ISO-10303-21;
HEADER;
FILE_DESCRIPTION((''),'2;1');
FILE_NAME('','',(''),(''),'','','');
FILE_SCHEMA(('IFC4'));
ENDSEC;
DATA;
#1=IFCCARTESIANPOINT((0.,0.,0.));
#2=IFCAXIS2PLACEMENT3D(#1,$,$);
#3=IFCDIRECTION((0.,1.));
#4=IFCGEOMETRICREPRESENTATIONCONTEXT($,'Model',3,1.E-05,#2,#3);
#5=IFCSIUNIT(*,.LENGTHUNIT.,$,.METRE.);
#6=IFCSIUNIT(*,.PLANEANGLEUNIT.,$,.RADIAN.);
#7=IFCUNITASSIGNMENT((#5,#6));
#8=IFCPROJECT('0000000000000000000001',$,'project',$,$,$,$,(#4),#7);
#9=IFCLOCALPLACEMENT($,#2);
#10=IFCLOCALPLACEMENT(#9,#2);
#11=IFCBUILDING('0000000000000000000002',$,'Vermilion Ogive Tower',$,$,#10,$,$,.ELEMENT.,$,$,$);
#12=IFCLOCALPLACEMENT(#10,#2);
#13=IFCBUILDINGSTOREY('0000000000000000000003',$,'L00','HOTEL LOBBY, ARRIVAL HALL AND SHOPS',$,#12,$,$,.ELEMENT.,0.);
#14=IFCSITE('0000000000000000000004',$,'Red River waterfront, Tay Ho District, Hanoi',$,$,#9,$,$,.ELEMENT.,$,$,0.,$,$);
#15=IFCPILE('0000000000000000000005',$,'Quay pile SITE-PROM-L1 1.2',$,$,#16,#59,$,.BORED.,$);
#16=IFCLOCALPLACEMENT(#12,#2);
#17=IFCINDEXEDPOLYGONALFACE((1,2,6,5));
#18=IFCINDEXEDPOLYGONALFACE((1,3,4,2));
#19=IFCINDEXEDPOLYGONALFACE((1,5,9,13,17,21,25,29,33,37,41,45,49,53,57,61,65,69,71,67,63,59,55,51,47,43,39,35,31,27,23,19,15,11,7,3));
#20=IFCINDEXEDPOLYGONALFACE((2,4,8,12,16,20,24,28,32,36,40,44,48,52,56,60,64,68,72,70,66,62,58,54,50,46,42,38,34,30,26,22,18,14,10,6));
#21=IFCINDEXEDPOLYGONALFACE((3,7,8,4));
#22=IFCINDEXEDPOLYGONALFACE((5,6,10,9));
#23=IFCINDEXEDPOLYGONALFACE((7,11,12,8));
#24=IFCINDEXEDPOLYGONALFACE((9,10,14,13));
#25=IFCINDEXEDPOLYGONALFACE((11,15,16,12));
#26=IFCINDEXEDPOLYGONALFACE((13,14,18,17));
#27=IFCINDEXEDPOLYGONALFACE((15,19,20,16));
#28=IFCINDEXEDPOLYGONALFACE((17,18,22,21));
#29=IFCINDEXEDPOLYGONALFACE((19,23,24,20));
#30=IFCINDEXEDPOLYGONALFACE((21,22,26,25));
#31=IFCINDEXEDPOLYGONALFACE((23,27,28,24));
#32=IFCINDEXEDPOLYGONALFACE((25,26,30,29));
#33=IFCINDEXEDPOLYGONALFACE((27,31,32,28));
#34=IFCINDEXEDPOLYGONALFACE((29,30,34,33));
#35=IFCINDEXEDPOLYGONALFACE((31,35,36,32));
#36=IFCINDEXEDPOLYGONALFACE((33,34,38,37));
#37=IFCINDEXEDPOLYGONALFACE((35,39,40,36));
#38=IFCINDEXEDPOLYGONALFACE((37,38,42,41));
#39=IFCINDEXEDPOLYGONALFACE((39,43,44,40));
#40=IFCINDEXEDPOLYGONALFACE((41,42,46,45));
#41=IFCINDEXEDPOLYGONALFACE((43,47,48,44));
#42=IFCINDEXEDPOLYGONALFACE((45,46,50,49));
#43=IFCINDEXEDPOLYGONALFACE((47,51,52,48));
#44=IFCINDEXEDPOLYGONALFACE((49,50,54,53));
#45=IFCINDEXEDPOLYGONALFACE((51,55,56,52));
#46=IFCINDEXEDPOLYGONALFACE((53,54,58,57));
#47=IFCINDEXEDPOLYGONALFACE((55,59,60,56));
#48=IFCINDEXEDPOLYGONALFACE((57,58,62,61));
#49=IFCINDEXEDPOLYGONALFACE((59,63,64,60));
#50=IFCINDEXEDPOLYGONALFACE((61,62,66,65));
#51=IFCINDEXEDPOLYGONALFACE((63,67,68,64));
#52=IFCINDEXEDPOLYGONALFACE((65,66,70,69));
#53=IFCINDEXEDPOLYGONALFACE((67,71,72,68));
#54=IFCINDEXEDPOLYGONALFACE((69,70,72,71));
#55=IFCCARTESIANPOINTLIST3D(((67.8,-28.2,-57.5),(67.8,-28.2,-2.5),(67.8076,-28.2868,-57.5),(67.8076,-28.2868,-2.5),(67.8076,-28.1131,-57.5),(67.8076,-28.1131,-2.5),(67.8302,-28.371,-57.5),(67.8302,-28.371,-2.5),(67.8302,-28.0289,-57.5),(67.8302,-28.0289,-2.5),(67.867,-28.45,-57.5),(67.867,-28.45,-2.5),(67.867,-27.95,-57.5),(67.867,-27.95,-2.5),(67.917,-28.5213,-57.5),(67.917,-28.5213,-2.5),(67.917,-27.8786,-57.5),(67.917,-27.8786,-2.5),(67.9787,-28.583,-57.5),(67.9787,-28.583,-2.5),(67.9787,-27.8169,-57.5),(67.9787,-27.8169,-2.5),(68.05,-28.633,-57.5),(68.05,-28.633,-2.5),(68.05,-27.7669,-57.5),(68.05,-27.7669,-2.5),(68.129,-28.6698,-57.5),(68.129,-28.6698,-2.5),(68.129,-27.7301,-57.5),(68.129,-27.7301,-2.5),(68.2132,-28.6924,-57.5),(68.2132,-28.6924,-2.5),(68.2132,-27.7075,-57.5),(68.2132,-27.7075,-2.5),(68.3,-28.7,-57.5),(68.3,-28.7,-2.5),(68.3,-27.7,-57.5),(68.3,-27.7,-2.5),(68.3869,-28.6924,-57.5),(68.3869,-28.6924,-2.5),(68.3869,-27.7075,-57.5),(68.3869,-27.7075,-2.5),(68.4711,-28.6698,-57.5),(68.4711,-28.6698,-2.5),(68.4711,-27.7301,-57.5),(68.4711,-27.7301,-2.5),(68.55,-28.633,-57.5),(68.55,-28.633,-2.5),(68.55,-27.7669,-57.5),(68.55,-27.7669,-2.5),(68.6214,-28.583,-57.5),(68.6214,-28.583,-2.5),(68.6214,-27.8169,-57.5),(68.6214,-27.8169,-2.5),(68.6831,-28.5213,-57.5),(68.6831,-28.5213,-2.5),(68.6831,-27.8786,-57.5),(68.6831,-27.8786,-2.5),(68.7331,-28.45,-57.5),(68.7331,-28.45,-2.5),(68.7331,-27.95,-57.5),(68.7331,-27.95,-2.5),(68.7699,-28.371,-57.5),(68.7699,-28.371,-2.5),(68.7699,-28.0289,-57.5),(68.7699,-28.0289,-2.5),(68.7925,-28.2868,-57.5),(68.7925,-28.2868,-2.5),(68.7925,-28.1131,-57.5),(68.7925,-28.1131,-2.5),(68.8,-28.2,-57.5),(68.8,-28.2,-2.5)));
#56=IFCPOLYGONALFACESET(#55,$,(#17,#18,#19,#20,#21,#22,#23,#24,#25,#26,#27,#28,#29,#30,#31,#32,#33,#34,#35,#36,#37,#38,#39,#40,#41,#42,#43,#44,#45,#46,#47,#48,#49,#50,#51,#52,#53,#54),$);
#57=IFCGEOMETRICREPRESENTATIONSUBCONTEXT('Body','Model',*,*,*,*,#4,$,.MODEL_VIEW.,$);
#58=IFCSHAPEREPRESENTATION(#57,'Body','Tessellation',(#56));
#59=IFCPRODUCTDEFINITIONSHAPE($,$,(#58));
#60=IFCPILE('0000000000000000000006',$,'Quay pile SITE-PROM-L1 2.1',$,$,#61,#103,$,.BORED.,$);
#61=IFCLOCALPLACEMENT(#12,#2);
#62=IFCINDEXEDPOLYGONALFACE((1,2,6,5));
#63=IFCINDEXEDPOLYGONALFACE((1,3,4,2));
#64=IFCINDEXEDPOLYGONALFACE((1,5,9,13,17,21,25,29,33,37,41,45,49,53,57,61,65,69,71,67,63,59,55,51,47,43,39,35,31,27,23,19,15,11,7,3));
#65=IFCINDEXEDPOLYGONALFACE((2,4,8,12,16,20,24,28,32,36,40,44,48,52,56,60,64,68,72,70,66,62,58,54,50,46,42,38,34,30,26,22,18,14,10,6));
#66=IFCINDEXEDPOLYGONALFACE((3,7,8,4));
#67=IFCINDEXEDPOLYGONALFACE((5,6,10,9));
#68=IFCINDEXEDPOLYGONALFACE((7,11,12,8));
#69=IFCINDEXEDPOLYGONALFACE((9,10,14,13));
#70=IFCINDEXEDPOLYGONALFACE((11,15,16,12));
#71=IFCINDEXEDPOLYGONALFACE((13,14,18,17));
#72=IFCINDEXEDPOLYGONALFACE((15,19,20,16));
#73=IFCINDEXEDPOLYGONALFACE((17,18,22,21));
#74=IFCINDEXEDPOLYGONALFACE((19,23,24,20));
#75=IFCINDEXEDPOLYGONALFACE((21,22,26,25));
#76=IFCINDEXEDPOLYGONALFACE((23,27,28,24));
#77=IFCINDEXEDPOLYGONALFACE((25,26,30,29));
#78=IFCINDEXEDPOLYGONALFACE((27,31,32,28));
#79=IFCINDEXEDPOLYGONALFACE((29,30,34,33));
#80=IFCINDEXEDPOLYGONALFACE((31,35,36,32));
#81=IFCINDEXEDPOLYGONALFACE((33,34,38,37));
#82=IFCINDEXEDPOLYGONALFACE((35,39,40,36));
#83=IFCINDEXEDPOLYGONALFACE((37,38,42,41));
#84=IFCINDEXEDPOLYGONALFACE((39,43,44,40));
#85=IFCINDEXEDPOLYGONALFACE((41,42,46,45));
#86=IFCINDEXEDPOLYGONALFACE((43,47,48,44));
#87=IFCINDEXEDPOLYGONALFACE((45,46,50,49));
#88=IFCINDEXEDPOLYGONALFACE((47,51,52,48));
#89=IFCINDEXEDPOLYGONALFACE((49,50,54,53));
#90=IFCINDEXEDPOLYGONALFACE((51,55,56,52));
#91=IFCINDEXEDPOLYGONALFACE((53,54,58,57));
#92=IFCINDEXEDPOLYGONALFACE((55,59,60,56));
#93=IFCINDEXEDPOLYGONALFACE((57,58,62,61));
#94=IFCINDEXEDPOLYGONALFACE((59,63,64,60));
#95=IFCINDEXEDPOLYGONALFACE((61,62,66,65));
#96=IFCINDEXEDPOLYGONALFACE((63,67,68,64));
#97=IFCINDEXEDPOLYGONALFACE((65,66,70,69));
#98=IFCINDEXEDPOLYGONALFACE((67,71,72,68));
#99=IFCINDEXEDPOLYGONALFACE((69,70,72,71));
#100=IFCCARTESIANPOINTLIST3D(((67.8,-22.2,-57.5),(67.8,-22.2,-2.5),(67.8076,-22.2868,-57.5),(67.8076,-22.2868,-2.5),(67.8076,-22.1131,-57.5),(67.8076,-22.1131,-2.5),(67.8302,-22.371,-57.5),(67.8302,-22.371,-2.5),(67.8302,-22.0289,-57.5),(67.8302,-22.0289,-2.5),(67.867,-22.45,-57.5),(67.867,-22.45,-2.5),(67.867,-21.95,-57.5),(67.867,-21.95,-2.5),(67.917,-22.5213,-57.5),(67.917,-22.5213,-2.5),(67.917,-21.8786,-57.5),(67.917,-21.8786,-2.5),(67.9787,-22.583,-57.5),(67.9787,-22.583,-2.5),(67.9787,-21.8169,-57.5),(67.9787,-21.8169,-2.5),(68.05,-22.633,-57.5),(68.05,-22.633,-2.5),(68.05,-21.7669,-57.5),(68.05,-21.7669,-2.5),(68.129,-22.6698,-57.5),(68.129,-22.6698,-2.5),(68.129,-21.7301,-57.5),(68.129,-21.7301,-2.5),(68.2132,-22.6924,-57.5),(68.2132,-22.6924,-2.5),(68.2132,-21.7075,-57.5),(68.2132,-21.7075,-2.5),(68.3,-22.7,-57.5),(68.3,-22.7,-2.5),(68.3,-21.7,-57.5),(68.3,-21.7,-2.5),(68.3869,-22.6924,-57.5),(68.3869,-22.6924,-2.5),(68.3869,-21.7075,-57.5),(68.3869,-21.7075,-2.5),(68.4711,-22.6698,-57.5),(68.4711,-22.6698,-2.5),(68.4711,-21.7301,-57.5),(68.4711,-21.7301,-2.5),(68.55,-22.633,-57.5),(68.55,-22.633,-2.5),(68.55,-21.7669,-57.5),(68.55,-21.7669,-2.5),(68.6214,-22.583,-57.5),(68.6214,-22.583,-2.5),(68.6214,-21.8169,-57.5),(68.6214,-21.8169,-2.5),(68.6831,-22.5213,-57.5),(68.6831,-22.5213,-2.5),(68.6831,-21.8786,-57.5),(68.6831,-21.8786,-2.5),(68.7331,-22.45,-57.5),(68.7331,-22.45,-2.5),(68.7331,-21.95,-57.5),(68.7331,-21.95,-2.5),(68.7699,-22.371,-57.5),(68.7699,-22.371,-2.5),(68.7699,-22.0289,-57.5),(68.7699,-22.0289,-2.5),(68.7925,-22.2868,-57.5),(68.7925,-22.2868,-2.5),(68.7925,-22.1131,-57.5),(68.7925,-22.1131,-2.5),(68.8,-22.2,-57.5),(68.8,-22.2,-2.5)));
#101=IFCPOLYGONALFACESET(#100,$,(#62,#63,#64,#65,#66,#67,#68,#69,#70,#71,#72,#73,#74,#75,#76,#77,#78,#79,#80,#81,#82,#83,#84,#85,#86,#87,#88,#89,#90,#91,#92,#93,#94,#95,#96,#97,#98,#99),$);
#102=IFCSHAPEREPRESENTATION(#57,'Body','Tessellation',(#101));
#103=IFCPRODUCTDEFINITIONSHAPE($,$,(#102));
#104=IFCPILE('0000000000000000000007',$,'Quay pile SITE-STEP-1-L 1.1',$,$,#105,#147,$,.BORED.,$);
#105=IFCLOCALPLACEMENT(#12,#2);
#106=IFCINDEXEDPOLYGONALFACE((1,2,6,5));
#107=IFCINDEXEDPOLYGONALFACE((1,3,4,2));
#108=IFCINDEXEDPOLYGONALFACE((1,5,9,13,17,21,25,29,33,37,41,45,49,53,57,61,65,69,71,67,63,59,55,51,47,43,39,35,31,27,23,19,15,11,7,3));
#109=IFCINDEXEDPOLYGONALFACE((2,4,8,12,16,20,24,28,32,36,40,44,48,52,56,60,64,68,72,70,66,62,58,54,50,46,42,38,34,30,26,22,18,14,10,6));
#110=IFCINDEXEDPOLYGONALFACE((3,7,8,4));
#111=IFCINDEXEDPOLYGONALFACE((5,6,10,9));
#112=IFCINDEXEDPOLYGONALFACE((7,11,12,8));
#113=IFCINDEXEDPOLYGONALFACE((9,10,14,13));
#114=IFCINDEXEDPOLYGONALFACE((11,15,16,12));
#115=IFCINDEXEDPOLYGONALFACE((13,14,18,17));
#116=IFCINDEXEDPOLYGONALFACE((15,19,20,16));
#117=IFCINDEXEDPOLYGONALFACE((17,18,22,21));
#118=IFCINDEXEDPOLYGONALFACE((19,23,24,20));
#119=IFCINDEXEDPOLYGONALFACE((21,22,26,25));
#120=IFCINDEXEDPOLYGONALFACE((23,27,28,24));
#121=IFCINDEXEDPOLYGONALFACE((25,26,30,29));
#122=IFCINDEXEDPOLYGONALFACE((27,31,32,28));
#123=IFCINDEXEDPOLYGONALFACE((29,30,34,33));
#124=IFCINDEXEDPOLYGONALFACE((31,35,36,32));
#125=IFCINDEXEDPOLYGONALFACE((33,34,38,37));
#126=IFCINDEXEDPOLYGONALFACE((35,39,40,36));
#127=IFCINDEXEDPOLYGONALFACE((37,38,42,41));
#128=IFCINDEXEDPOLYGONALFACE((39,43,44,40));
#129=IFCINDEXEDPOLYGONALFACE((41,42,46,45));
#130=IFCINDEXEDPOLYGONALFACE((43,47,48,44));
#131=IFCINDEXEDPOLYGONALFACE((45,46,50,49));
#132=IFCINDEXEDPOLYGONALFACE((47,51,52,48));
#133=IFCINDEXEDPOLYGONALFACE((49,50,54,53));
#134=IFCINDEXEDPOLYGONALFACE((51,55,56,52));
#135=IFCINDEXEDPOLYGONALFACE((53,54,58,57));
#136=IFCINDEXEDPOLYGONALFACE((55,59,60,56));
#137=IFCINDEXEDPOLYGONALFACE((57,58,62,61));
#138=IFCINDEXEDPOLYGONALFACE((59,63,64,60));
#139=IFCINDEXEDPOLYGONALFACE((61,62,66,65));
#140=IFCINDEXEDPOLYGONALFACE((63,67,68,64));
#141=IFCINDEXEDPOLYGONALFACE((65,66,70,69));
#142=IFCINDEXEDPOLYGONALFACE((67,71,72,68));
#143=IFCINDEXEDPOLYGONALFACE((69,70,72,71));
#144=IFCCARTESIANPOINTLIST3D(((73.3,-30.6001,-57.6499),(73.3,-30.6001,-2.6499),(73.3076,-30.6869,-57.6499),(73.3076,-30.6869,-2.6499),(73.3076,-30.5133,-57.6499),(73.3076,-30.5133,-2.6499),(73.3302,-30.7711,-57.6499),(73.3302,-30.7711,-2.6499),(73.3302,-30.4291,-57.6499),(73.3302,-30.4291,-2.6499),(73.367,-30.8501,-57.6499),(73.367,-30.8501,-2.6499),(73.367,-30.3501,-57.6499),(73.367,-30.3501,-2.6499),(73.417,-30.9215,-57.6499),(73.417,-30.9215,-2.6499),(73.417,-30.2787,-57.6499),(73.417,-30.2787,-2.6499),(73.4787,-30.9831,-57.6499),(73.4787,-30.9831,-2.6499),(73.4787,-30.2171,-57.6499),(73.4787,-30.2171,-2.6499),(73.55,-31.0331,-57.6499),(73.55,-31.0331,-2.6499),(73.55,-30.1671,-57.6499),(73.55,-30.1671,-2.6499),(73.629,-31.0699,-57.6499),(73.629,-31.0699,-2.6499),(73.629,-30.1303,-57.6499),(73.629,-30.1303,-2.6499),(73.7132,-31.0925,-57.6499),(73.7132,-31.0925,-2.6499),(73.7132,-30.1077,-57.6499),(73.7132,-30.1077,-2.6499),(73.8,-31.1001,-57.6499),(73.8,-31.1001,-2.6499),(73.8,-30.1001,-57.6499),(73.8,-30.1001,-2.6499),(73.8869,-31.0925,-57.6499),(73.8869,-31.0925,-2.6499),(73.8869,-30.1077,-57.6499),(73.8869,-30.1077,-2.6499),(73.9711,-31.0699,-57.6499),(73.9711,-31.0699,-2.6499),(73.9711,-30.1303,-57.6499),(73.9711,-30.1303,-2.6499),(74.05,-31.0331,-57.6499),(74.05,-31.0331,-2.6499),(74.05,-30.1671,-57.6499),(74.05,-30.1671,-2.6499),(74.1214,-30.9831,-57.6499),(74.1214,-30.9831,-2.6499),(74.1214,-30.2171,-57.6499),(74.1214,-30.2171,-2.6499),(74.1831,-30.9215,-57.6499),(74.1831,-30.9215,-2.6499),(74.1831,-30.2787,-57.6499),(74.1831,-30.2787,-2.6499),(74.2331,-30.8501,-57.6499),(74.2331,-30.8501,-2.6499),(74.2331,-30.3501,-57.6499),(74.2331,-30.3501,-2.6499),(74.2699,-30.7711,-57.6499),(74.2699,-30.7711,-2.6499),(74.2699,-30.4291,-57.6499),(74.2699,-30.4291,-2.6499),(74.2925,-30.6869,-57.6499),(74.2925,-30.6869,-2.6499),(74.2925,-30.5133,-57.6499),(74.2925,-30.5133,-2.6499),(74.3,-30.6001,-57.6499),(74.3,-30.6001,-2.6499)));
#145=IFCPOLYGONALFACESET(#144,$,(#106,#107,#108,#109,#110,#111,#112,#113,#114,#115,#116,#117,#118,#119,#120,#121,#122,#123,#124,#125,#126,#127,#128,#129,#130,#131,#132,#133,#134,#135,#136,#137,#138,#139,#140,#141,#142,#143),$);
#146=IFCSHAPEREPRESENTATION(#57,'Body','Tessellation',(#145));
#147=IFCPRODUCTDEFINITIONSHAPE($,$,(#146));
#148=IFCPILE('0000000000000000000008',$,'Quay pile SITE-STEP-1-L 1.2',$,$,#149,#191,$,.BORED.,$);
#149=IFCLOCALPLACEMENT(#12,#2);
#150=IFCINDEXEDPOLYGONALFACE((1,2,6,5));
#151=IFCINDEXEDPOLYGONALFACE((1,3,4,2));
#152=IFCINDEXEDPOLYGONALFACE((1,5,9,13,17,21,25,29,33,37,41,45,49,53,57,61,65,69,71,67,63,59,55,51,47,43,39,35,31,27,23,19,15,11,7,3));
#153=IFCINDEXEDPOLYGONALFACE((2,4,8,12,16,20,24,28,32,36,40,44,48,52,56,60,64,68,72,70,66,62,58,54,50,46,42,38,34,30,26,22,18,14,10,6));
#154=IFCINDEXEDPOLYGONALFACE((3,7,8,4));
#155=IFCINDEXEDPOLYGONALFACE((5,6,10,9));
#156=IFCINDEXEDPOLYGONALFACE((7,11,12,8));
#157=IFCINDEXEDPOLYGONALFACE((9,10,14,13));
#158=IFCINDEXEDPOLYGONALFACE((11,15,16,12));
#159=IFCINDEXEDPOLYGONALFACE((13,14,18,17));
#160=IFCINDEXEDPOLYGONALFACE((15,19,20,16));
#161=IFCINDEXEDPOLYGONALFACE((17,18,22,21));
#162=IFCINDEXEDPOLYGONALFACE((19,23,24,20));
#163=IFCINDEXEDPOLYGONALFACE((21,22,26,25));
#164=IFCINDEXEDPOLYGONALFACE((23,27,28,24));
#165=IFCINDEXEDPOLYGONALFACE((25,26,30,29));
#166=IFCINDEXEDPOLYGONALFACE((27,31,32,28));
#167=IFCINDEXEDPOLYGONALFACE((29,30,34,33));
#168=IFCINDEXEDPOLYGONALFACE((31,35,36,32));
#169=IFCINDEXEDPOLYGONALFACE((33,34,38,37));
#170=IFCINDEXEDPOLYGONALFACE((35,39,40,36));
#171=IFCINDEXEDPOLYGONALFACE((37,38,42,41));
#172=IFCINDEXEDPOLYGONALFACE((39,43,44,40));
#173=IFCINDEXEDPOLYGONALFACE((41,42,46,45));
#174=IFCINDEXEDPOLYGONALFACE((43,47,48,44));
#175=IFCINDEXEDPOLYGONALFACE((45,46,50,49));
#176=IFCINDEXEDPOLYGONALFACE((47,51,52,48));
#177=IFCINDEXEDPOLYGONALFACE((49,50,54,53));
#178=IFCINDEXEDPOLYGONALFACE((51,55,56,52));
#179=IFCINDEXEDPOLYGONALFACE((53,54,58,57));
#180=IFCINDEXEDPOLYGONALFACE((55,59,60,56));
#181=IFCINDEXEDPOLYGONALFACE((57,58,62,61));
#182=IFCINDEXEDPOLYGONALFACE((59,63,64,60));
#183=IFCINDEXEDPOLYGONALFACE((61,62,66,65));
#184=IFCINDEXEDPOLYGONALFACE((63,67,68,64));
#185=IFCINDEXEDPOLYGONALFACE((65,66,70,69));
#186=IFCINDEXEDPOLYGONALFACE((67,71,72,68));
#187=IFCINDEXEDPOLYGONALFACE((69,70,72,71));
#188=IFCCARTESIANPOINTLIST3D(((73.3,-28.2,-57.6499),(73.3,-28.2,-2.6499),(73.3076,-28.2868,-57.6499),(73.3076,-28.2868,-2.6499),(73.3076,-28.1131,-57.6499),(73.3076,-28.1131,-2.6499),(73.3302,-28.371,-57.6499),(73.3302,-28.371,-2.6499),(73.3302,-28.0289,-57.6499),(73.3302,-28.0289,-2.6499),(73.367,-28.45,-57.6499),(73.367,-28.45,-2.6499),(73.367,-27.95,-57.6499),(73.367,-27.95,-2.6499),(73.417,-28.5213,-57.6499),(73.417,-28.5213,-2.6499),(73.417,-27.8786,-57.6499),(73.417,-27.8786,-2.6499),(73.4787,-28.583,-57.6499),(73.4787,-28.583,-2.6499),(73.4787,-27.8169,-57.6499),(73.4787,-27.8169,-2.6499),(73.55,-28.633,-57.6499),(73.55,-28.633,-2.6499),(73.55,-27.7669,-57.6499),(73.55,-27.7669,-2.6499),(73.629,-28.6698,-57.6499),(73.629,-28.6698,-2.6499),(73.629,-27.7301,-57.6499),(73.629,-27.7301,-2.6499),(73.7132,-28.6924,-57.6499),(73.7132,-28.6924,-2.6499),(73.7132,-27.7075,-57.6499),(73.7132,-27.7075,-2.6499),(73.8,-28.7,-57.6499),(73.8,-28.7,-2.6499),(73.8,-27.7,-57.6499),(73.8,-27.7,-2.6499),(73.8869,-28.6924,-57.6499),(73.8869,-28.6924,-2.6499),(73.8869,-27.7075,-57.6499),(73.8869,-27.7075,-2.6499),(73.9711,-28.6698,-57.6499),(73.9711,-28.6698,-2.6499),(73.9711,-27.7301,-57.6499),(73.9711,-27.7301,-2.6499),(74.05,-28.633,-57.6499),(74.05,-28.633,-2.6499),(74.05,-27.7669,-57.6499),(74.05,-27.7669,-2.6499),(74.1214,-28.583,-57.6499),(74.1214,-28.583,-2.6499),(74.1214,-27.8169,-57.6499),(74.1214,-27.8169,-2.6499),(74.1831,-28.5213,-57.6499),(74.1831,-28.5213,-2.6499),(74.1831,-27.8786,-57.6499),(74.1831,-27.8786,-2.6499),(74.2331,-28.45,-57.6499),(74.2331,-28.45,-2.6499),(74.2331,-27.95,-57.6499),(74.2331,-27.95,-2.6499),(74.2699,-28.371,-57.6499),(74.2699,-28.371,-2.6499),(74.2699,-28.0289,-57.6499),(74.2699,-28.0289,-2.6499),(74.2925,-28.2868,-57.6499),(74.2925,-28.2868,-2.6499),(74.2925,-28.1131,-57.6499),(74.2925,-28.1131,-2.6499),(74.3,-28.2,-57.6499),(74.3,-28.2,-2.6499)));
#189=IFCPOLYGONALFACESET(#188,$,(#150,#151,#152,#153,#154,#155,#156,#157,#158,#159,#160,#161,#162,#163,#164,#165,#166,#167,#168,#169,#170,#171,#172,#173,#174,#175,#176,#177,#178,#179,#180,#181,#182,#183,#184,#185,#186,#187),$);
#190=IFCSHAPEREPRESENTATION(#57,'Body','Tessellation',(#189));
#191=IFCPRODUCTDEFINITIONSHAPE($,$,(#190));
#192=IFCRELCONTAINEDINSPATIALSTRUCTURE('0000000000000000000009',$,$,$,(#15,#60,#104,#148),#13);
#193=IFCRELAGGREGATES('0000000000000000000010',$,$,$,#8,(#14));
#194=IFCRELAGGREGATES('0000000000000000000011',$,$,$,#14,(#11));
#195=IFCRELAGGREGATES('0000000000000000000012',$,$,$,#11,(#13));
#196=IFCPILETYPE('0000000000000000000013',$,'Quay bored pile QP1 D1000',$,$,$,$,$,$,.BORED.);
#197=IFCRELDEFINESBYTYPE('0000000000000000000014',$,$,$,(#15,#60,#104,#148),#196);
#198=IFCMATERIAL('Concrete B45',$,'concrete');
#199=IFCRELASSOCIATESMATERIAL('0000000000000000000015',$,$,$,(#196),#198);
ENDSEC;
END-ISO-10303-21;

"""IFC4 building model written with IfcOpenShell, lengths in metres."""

from ifc_helpers import new_model, si_unit, direction, frame, origin, origin_2d, place, context, subcontext, project, spatial, circle, extrude, material, type_object, element, save


model = new_model("IFC4")

# Units and contexts
model_context = context("Model", 3, precision=1e-05, world=origin(), true_north=direction((0.0, 1.0)))
body_context = subcontext(model_context, "Body", "Model", "MODEL_VIEW")
ifc_project = project(units=[si_unit("LENGTHUNIT", "METRE"), si_unit("PLANEANGLEUNIT", "RADIAN")], contexts=[model_context])

# Site, building, storey
site_placement = place(None, origin())
site = spatial("IfcSite", under=ifc_project, at=site_placement, Name="Red River waterfront, Tay Ho District, Hanoi", CompositionType="ELEMENT", RefElevation=0.0)
building_placement = place(site_placement, origin())
building = spatial("IfcBuilding", under=site, at=building_placement, Name="Vermilion Ogive Tower", CompositionType="ELEMENT")
storey_placement = place(building_placement, origin())
storey = spatial("IfcBuildingStorey", under=building, at=storey_placement, Name="L00", Description="HOTEL LOBBY, ARRIVAL HALL AND SHOPS", CompositionType="ELEMENT", Elevation=0.0)

# Piles
ifc_material_1 = material(Name="Concrete B45", Category="concrete")
pile_type = type_object("IfcPileType", Name="Quay bored pile QP1 D1000", PredefinedType="BORED", material=ifc_material_1)
for number, where, z_axis, x_axis, name in (
    (1, (68.3, -28.2, -2.5), (0.0, 0.0, -1.0), (1.0, 0.0, 0.0), "Quay pile SITE-PROM-L1 1.2"),
    (2, (68.3, -22.2, -2.5), (0.0, 0.0, -1.0), (1.0, 0.0, 0.0), "Quay pile SITE-PROM-L1 2.1"),
    (3, (73.8, -30.6001, -2.6499), (0.0, 0.0, -1.0), (1.0, 0.0, 0.0), "Quay pile SITE-STEP-1-L 1.1"),
    (4, (73.8, -28.2, -2.6499), (0.0, 0.0, -1.0), (1.0, 0.0, 0.0), "Quay pile SITE-STEP-1-L 1.2"),
):
    element("IfcPile", number, at=place(storey_placement, frame(where, z_axis=z_axis, x_axis=x_axis)), inside=storey, type_object=pile_type, Name=name, PredefinedType="BORED", context=body_context, shape_type="SweptSolid", body=[
        extrude(circle(Radius=0.5, at=origin_2d()), origin(), (0.0, 0.0, 1.0), 55.0),
    ])

save(model, "model.ifc")
